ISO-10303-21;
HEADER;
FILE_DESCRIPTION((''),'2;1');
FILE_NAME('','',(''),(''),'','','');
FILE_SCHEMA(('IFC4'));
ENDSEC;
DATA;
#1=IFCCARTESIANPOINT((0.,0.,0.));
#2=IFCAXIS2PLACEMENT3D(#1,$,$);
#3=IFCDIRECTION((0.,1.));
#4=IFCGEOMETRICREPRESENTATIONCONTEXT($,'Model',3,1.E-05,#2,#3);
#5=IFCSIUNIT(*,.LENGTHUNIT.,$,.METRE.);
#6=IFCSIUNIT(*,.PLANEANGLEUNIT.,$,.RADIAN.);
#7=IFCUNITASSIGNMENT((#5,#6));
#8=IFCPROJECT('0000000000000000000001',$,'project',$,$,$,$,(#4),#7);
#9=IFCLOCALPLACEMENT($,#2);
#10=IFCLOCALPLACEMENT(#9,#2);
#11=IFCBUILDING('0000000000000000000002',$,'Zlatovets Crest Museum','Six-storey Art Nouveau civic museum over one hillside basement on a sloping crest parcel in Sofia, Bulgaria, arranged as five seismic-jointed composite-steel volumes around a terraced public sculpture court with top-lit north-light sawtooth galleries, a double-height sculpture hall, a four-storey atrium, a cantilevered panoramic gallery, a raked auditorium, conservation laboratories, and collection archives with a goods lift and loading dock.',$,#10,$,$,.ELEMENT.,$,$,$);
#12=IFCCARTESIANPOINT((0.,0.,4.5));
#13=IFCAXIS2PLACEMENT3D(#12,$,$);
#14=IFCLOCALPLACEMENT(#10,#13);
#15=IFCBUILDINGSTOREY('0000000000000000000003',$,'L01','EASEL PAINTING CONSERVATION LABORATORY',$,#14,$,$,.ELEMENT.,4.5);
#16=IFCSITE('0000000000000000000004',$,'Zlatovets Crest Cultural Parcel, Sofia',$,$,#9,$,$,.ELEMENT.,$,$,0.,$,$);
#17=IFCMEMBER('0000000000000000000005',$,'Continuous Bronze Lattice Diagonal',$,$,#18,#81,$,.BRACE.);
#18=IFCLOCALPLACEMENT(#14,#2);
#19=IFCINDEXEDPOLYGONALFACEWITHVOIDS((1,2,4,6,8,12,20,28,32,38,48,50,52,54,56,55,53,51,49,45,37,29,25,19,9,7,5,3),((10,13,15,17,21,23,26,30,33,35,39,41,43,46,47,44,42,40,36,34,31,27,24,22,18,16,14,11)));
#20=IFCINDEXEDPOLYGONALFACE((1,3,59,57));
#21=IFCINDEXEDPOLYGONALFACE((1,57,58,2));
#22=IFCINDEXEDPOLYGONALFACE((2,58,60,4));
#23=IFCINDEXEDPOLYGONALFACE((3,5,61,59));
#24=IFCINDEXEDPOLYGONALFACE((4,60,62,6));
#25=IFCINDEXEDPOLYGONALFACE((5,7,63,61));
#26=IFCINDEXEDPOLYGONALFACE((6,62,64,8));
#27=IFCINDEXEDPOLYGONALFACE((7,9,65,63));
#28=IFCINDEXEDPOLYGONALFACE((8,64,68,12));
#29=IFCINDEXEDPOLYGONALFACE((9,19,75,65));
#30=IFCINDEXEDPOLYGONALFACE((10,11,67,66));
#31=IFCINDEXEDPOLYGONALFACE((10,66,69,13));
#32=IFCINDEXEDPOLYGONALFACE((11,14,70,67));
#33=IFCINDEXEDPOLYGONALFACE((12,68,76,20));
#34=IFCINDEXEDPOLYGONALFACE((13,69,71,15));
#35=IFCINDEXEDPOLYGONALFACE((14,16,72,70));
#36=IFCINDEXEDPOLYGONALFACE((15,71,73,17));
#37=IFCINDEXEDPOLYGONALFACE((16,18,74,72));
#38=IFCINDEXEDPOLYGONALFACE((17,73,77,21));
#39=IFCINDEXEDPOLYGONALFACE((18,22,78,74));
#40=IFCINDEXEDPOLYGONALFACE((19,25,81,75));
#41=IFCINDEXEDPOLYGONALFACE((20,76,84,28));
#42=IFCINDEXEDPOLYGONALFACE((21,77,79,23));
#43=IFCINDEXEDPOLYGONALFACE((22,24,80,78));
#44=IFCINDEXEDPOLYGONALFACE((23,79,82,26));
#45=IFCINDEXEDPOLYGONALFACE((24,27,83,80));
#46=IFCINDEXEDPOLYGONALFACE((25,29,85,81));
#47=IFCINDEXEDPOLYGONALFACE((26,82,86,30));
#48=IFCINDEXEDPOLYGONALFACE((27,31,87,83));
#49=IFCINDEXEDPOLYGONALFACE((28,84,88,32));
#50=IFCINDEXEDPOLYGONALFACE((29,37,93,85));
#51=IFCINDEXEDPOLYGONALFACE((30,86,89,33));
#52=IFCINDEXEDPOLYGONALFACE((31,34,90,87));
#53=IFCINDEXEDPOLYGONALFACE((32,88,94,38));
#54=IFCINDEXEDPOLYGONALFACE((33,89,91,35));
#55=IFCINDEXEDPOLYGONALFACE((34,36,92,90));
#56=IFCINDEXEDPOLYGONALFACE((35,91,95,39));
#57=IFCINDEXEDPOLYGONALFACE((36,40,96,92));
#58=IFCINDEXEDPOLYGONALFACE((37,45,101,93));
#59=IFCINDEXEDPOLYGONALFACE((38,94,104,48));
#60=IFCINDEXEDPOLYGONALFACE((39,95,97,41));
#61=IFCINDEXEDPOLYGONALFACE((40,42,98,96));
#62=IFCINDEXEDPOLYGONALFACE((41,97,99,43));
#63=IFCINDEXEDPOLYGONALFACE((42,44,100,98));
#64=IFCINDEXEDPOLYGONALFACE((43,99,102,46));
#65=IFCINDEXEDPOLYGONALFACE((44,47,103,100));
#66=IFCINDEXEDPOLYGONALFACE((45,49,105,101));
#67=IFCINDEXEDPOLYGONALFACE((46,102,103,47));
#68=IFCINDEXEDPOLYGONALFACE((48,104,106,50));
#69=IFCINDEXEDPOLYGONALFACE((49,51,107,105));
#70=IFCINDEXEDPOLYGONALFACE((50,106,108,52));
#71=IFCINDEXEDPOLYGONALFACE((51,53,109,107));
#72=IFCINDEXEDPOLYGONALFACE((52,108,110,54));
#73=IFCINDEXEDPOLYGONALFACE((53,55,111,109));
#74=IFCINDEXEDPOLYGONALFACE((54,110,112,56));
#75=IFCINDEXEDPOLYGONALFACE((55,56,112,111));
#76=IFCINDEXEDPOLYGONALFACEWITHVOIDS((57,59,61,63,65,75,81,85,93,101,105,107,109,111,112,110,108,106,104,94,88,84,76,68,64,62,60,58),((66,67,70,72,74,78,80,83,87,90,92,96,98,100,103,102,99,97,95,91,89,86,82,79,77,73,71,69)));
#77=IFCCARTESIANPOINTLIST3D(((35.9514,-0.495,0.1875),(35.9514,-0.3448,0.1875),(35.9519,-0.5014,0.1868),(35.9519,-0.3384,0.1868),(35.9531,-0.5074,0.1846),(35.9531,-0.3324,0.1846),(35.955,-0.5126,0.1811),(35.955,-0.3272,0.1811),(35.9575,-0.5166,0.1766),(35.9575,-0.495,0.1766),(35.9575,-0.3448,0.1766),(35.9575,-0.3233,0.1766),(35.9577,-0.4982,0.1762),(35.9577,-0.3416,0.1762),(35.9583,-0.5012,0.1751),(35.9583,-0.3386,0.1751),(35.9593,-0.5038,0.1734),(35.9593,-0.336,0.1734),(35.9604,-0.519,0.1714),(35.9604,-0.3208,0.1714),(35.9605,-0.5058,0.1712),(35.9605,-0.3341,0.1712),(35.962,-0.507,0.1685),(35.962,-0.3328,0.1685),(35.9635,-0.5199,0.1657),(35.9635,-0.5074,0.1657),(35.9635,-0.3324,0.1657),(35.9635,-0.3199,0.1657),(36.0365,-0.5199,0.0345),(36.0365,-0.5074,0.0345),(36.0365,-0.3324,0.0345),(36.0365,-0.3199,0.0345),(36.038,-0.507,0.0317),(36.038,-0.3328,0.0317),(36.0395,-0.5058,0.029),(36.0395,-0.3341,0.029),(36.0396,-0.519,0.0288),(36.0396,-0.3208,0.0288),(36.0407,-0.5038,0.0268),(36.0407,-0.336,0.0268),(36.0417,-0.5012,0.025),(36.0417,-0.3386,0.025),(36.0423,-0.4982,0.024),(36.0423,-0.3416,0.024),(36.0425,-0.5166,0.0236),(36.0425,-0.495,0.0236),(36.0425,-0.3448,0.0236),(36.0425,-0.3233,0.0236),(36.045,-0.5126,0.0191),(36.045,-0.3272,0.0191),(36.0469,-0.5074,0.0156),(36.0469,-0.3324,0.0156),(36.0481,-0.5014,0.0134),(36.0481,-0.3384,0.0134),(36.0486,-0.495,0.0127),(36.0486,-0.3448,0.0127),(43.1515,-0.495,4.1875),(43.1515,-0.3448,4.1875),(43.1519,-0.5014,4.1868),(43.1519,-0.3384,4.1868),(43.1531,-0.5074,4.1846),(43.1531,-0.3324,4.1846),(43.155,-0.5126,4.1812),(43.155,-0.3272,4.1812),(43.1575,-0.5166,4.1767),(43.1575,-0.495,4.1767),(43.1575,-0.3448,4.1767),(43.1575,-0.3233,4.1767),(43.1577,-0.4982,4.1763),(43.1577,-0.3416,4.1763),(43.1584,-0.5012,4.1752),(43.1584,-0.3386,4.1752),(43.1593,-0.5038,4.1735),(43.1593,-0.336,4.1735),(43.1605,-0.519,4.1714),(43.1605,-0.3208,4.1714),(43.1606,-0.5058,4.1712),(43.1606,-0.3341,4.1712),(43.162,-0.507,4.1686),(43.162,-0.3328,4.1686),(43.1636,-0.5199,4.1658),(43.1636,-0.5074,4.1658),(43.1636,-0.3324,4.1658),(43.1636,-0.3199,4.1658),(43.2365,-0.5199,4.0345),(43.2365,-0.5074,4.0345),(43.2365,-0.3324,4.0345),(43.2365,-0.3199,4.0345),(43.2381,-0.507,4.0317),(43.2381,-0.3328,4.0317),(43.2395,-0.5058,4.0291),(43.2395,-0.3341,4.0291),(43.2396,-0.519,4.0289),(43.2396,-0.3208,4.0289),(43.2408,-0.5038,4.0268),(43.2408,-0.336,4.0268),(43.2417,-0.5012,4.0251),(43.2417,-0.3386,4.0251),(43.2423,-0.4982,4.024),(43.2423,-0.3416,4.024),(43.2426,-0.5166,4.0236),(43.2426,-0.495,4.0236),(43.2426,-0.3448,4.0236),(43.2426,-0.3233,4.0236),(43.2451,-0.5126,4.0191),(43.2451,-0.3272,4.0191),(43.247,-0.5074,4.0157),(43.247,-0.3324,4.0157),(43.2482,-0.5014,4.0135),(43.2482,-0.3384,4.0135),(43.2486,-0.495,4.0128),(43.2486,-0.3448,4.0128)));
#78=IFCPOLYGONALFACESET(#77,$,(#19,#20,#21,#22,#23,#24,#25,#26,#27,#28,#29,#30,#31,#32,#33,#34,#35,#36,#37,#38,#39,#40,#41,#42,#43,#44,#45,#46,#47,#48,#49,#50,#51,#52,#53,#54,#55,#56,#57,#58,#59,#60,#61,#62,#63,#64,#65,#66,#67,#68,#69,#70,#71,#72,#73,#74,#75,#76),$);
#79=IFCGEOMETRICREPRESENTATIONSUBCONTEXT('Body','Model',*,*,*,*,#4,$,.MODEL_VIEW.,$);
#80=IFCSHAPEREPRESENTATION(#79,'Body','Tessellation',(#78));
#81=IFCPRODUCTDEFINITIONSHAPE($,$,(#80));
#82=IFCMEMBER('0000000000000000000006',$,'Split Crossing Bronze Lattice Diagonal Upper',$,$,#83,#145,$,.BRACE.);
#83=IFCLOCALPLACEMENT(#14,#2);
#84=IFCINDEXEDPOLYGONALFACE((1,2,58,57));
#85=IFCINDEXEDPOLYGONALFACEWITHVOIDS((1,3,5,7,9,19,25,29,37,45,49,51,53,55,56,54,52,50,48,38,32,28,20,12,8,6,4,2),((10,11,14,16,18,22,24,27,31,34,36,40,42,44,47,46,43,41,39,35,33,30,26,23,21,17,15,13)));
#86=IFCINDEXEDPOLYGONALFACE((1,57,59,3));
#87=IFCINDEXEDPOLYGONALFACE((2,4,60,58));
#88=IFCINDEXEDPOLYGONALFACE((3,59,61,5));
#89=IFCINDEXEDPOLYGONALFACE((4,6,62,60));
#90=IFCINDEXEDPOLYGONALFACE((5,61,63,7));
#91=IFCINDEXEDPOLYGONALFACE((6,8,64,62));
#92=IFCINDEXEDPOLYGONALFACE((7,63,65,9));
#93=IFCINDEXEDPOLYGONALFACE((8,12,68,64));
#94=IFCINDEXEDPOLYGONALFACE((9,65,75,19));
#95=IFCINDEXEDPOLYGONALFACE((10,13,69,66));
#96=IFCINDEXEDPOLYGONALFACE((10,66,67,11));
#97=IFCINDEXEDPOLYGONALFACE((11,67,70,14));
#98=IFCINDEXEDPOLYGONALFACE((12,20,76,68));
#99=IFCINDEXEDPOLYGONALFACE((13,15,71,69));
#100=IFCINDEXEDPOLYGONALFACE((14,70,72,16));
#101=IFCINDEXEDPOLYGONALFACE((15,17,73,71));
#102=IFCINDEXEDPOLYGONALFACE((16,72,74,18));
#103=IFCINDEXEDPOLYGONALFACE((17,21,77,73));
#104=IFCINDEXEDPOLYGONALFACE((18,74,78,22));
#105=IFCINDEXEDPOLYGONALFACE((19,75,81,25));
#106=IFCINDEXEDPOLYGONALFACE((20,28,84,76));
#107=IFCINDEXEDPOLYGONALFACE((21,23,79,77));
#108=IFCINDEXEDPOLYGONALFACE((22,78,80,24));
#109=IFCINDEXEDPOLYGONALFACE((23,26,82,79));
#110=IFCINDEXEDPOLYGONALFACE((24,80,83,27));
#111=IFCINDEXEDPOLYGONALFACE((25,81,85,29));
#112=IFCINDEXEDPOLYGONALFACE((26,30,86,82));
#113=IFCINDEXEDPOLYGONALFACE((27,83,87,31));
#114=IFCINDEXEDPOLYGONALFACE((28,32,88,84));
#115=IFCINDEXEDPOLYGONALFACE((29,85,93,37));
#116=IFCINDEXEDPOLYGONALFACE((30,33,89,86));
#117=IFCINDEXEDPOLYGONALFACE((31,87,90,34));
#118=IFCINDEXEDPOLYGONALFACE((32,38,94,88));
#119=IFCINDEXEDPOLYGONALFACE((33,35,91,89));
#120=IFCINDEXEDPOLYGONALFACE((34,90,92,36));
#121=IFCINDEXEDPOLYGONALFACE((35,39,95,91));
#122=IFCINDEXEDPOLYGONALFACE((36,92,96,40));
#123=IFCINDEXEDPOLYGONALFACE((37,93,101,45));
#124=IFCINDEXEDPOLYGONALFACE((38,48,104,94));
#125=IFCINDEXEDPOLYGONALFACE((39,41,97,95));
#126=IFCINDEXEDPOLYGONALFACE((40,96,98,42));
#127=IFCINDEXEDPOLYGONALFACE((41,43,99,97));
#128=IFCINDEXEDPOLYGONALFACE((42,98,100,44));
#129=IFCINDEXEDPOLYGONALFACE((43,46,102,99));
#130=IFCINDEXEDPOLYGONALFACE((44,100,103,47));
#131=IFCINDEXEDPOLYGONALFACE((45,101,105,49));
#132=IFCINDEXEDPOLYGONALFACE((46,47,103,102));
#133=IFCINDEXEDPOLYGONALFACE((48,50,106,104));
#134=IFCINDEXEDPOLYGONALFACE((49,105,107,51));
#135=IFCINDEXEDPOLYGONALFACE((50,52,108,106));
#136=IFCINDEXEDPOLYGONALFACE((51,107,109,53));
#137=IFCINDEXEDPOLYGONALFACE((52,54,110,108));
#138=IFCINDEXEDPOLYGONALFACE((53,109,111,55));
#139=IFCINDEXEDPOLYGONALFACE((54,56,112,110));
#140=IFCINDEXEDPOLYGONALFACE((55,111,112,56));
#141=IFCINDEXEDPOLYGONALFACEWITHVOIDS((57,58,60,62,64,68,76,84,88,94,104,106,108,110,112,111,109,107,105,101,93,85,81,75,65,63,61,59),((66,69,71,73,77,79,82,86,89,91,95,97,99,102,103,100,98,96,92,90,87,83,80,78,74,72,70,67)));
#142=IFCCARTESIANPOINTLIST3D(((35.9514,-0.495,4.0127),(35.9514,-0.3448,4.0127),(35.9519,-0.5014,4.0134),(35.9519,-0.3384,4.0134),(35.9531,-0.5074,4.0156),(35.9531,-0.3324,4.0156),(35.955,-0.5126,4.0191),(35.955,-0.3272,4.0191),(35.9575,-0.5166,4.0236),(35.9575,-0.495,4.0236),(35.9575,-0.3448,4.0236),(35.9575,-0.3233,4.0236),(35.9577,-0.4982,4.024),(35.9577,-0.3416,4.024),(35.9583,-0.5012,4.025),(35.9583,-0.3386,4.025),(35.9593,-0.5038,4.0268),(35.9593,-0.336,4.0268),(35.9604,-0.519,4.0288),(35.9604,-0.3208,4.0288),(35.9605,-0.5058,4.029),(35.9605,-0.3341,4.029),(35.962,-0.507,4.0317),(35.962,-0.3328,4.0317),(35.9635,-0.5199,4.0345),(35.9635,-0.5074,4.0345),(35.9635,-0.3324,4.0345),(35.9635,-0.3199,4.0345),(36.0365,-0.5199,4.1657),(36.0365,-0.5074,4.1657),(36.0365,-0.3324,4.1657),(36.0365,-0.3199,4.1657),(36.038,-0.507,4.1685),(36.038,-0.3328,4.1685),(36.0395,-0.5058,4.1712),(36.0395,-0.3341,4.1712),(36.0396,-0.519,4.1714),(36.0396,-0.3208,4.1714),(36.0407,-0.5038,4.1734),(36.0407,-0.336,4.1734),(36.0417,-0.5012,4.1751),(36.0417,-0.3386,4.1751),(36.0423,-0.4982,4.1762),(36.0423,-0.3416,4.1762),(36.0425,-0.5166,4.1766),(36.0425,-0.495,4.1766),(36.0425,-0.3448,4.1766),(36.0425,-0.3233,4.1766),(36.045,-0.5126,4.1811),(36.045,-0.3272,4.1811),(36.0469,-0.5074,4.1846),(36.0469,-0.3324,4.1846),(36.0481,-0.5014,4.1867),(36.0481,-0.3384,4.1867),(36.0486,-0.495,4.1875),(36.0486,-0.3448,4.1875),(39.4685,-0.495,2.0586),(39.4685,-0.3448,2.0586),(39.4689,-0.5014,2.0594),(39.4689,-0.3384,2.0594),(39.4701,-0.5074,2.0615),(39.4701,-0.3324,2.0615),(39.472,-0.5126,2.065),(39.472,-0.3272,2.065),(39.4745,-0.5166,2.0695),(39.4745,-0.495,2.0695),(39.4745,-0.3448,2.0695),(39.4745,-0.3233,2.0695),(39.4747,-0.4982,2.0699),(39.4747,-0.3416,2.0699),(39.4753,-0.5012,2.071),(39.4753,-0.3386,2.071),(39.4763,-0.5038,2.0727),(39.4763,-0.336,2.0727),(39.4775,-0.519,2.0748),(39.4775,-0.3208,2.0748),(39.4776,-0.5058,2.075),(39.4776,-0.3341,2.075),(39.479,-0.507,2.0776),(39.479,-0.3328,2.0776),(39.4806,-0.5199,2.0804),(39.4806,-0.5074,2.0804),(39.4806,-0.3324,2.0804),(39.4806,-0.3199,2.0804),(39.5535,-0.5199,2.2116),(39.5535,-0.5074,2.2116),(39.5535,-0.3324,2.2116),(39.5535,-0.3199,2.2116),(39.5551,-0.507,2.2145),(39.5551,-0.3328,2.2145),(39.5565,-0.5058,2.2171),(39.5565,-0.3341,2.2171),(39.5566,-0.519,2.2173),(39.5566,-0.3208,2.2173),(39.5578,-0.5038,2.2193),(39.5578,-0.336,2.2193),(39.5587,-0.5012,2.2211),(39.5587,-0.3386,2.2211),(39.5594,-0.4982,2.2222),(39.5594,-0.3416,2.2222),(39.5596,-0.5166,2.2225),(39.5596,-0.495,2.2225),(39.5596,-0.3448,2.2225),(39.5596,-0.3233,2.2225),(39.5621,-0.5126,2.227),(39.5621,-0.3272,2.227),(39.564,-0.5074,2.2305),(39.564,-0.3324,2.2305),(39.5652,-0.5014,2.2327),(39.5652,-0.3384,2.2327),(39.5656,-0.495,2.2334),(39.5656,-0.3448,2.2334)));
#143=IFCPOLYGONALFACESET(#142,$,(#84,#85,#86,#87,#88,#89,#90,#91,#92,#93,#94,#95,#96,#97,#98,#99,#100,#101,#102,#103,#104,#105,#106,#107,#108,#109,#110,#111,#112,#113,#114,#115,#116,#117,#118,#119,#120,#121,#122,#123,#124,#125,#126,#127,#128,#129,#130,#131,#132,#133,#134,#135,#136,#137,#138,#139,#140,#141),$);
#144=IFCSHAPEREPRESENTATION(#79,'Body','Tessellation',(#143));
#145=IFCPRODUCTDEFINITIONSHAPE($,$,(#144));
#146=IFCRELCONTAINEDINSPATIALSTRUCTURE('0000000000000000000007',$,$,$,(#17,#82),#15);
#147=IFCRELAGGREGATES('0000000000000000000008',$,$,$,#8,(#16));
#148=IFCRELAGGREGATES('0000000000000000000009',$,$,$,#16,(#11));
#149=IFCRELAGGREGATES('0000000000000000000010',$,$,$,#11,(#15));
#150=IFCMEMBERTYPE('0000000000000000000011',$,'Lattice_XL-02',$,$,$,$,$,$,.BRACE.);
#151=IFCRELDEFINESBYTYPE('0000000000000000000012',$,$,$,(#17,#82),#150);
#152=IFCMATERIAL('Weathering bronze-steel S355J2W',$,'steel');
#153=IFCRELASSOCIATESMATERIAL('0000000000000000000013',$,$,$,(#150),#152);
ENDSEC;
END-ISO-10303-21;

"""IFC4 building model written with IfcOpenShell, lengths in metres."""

from ifc_helpers import new_model, si_unit, direction, frame, origin, origin_2d, place, context, subcontext, project, spatial, hollow_rectangle, extrude, material, material_profile, profile_set, type_object, element, save


model = new_model("IFC4")

# Units and contexts
model_context = context("Model", 3, precision=1e-05, world=origin(), true_north=direction((0.0, 1.0)))
body_context = subcontext(model_context, "Body", "Model", "MODEL_VIEW")
ifc_project = project(units=[si_unit("LENGTHUNIT", "METRE"), si_unit("PLANEANGLEUNIT", "RADIAN")], contexts=[model_context])

# Site, building, storey
site_placement = place(None, origin())
site = spatial("IfcSite", under=ifc_project, at=site_placement, Name="Zlatovets Crest Cultural Parcel, Sofia", CompositionType="ELEMENT", RefElevation=0.0)
building_placement = place(site_placement, origin())
building = spatial("IfcBuilding", under=site, at=building_placement, Name="Zlatovets Crest Museum", Description="Six-storey Art Nouveau civic museum over one hillside basement on a sloping crest parcel in Sofia, Bulgaria, arranged as five seismic-jointed composite-steel volumes around a terraced public sculpture court with top-lit north-light sawtooth galleries, a double-height sculpture hall, a four-storey atrium, a cantilevered panoramic gallery, a raked auditorium, conservation laboratories, and collection archives with a goods lift and loading dock.", CompositionType="ELEMENT")
storey_placement = place(building_placement, frame((0.0, 0.0, 4.5)))
storey = spatial("IfcBuildingStorey", under=building, at=storey_placement, Name="L01", Description="EASEL PAINTING CONSERVATION LABORATORY", CompositionType="ELEMENT", Elevation=4.5)

# Members
ifc_material_1 = material(Name="Weathering bronze-steel S355J2W", Category="steel")
ifc_material_profile_1 = material_profile(ifc_material_1, hollow_rectangle(XDim=0.2, YDim=0.2, WallThickness=0.0125, InnerFilletRadius=0.0125, OuterFilletRadius=0.0249, at=origin_2d()), Name="SHS 200x200x12.5")
ifc_profile_set_1 = profile_set([ifc_material_profile_1], Name="Weathering bronze-steel S355J2W")
member_type_1 = type_object("IfcMemberType", Name="Lattice_XL-02", PredefinedType="BRACE", material=ifc_profile_set_1)
member_1_placement = place(storey_placement, frame((36.0, -0.4199, 0.1001), z_axis=(0.874156, 0.0, 0.485645), x_axis=(0.0, 1.0, 0.0)))
element("IfcMember", 1, at=member_1_placement, inside=storey, type_object=member_type_1, Name="Continuous Bronze Lattice Diagonal", PredefinedType="BRACE", context=body_context, shape_type="SweptSolid", body=[
    extrude(hollow_rectangle(XDim=0.2, YDim=0.2, WallThickness=0.0125, InnerFilletRadius=0.0125, OuterFilletRadius=0.0249, at=origin_2d()), origin(), (0.0, 0.0, 1.0), 8.2366),
])
member_2_placement = place(storey_placement, frame((36.0, -0.4199, 4.1001), z_axis=(0.87414, 0.0, -0.485674), x_axis=(0.0, 1.0, 0.0)))
element("IfcMember", 2, at=member_2_placement, inside=storey, type_object=member_type_1, Name="Split Crossing Bronze Lattice Diagonal Upper", PredefinedType="BRACE", context=body_context, shape_type="SweptSolid", body=[
    extrude(hollow_rectangle(XDim=0.2, YDim=0.2, WallThickness=0.0125, InnerFilletRadius=0.0125, OuterFilletRadius=0.0249, at=origin_2d()), origin(), (0.0, 0.0, 1.0), 4.0234),
])

save(model, "model.ifc")
